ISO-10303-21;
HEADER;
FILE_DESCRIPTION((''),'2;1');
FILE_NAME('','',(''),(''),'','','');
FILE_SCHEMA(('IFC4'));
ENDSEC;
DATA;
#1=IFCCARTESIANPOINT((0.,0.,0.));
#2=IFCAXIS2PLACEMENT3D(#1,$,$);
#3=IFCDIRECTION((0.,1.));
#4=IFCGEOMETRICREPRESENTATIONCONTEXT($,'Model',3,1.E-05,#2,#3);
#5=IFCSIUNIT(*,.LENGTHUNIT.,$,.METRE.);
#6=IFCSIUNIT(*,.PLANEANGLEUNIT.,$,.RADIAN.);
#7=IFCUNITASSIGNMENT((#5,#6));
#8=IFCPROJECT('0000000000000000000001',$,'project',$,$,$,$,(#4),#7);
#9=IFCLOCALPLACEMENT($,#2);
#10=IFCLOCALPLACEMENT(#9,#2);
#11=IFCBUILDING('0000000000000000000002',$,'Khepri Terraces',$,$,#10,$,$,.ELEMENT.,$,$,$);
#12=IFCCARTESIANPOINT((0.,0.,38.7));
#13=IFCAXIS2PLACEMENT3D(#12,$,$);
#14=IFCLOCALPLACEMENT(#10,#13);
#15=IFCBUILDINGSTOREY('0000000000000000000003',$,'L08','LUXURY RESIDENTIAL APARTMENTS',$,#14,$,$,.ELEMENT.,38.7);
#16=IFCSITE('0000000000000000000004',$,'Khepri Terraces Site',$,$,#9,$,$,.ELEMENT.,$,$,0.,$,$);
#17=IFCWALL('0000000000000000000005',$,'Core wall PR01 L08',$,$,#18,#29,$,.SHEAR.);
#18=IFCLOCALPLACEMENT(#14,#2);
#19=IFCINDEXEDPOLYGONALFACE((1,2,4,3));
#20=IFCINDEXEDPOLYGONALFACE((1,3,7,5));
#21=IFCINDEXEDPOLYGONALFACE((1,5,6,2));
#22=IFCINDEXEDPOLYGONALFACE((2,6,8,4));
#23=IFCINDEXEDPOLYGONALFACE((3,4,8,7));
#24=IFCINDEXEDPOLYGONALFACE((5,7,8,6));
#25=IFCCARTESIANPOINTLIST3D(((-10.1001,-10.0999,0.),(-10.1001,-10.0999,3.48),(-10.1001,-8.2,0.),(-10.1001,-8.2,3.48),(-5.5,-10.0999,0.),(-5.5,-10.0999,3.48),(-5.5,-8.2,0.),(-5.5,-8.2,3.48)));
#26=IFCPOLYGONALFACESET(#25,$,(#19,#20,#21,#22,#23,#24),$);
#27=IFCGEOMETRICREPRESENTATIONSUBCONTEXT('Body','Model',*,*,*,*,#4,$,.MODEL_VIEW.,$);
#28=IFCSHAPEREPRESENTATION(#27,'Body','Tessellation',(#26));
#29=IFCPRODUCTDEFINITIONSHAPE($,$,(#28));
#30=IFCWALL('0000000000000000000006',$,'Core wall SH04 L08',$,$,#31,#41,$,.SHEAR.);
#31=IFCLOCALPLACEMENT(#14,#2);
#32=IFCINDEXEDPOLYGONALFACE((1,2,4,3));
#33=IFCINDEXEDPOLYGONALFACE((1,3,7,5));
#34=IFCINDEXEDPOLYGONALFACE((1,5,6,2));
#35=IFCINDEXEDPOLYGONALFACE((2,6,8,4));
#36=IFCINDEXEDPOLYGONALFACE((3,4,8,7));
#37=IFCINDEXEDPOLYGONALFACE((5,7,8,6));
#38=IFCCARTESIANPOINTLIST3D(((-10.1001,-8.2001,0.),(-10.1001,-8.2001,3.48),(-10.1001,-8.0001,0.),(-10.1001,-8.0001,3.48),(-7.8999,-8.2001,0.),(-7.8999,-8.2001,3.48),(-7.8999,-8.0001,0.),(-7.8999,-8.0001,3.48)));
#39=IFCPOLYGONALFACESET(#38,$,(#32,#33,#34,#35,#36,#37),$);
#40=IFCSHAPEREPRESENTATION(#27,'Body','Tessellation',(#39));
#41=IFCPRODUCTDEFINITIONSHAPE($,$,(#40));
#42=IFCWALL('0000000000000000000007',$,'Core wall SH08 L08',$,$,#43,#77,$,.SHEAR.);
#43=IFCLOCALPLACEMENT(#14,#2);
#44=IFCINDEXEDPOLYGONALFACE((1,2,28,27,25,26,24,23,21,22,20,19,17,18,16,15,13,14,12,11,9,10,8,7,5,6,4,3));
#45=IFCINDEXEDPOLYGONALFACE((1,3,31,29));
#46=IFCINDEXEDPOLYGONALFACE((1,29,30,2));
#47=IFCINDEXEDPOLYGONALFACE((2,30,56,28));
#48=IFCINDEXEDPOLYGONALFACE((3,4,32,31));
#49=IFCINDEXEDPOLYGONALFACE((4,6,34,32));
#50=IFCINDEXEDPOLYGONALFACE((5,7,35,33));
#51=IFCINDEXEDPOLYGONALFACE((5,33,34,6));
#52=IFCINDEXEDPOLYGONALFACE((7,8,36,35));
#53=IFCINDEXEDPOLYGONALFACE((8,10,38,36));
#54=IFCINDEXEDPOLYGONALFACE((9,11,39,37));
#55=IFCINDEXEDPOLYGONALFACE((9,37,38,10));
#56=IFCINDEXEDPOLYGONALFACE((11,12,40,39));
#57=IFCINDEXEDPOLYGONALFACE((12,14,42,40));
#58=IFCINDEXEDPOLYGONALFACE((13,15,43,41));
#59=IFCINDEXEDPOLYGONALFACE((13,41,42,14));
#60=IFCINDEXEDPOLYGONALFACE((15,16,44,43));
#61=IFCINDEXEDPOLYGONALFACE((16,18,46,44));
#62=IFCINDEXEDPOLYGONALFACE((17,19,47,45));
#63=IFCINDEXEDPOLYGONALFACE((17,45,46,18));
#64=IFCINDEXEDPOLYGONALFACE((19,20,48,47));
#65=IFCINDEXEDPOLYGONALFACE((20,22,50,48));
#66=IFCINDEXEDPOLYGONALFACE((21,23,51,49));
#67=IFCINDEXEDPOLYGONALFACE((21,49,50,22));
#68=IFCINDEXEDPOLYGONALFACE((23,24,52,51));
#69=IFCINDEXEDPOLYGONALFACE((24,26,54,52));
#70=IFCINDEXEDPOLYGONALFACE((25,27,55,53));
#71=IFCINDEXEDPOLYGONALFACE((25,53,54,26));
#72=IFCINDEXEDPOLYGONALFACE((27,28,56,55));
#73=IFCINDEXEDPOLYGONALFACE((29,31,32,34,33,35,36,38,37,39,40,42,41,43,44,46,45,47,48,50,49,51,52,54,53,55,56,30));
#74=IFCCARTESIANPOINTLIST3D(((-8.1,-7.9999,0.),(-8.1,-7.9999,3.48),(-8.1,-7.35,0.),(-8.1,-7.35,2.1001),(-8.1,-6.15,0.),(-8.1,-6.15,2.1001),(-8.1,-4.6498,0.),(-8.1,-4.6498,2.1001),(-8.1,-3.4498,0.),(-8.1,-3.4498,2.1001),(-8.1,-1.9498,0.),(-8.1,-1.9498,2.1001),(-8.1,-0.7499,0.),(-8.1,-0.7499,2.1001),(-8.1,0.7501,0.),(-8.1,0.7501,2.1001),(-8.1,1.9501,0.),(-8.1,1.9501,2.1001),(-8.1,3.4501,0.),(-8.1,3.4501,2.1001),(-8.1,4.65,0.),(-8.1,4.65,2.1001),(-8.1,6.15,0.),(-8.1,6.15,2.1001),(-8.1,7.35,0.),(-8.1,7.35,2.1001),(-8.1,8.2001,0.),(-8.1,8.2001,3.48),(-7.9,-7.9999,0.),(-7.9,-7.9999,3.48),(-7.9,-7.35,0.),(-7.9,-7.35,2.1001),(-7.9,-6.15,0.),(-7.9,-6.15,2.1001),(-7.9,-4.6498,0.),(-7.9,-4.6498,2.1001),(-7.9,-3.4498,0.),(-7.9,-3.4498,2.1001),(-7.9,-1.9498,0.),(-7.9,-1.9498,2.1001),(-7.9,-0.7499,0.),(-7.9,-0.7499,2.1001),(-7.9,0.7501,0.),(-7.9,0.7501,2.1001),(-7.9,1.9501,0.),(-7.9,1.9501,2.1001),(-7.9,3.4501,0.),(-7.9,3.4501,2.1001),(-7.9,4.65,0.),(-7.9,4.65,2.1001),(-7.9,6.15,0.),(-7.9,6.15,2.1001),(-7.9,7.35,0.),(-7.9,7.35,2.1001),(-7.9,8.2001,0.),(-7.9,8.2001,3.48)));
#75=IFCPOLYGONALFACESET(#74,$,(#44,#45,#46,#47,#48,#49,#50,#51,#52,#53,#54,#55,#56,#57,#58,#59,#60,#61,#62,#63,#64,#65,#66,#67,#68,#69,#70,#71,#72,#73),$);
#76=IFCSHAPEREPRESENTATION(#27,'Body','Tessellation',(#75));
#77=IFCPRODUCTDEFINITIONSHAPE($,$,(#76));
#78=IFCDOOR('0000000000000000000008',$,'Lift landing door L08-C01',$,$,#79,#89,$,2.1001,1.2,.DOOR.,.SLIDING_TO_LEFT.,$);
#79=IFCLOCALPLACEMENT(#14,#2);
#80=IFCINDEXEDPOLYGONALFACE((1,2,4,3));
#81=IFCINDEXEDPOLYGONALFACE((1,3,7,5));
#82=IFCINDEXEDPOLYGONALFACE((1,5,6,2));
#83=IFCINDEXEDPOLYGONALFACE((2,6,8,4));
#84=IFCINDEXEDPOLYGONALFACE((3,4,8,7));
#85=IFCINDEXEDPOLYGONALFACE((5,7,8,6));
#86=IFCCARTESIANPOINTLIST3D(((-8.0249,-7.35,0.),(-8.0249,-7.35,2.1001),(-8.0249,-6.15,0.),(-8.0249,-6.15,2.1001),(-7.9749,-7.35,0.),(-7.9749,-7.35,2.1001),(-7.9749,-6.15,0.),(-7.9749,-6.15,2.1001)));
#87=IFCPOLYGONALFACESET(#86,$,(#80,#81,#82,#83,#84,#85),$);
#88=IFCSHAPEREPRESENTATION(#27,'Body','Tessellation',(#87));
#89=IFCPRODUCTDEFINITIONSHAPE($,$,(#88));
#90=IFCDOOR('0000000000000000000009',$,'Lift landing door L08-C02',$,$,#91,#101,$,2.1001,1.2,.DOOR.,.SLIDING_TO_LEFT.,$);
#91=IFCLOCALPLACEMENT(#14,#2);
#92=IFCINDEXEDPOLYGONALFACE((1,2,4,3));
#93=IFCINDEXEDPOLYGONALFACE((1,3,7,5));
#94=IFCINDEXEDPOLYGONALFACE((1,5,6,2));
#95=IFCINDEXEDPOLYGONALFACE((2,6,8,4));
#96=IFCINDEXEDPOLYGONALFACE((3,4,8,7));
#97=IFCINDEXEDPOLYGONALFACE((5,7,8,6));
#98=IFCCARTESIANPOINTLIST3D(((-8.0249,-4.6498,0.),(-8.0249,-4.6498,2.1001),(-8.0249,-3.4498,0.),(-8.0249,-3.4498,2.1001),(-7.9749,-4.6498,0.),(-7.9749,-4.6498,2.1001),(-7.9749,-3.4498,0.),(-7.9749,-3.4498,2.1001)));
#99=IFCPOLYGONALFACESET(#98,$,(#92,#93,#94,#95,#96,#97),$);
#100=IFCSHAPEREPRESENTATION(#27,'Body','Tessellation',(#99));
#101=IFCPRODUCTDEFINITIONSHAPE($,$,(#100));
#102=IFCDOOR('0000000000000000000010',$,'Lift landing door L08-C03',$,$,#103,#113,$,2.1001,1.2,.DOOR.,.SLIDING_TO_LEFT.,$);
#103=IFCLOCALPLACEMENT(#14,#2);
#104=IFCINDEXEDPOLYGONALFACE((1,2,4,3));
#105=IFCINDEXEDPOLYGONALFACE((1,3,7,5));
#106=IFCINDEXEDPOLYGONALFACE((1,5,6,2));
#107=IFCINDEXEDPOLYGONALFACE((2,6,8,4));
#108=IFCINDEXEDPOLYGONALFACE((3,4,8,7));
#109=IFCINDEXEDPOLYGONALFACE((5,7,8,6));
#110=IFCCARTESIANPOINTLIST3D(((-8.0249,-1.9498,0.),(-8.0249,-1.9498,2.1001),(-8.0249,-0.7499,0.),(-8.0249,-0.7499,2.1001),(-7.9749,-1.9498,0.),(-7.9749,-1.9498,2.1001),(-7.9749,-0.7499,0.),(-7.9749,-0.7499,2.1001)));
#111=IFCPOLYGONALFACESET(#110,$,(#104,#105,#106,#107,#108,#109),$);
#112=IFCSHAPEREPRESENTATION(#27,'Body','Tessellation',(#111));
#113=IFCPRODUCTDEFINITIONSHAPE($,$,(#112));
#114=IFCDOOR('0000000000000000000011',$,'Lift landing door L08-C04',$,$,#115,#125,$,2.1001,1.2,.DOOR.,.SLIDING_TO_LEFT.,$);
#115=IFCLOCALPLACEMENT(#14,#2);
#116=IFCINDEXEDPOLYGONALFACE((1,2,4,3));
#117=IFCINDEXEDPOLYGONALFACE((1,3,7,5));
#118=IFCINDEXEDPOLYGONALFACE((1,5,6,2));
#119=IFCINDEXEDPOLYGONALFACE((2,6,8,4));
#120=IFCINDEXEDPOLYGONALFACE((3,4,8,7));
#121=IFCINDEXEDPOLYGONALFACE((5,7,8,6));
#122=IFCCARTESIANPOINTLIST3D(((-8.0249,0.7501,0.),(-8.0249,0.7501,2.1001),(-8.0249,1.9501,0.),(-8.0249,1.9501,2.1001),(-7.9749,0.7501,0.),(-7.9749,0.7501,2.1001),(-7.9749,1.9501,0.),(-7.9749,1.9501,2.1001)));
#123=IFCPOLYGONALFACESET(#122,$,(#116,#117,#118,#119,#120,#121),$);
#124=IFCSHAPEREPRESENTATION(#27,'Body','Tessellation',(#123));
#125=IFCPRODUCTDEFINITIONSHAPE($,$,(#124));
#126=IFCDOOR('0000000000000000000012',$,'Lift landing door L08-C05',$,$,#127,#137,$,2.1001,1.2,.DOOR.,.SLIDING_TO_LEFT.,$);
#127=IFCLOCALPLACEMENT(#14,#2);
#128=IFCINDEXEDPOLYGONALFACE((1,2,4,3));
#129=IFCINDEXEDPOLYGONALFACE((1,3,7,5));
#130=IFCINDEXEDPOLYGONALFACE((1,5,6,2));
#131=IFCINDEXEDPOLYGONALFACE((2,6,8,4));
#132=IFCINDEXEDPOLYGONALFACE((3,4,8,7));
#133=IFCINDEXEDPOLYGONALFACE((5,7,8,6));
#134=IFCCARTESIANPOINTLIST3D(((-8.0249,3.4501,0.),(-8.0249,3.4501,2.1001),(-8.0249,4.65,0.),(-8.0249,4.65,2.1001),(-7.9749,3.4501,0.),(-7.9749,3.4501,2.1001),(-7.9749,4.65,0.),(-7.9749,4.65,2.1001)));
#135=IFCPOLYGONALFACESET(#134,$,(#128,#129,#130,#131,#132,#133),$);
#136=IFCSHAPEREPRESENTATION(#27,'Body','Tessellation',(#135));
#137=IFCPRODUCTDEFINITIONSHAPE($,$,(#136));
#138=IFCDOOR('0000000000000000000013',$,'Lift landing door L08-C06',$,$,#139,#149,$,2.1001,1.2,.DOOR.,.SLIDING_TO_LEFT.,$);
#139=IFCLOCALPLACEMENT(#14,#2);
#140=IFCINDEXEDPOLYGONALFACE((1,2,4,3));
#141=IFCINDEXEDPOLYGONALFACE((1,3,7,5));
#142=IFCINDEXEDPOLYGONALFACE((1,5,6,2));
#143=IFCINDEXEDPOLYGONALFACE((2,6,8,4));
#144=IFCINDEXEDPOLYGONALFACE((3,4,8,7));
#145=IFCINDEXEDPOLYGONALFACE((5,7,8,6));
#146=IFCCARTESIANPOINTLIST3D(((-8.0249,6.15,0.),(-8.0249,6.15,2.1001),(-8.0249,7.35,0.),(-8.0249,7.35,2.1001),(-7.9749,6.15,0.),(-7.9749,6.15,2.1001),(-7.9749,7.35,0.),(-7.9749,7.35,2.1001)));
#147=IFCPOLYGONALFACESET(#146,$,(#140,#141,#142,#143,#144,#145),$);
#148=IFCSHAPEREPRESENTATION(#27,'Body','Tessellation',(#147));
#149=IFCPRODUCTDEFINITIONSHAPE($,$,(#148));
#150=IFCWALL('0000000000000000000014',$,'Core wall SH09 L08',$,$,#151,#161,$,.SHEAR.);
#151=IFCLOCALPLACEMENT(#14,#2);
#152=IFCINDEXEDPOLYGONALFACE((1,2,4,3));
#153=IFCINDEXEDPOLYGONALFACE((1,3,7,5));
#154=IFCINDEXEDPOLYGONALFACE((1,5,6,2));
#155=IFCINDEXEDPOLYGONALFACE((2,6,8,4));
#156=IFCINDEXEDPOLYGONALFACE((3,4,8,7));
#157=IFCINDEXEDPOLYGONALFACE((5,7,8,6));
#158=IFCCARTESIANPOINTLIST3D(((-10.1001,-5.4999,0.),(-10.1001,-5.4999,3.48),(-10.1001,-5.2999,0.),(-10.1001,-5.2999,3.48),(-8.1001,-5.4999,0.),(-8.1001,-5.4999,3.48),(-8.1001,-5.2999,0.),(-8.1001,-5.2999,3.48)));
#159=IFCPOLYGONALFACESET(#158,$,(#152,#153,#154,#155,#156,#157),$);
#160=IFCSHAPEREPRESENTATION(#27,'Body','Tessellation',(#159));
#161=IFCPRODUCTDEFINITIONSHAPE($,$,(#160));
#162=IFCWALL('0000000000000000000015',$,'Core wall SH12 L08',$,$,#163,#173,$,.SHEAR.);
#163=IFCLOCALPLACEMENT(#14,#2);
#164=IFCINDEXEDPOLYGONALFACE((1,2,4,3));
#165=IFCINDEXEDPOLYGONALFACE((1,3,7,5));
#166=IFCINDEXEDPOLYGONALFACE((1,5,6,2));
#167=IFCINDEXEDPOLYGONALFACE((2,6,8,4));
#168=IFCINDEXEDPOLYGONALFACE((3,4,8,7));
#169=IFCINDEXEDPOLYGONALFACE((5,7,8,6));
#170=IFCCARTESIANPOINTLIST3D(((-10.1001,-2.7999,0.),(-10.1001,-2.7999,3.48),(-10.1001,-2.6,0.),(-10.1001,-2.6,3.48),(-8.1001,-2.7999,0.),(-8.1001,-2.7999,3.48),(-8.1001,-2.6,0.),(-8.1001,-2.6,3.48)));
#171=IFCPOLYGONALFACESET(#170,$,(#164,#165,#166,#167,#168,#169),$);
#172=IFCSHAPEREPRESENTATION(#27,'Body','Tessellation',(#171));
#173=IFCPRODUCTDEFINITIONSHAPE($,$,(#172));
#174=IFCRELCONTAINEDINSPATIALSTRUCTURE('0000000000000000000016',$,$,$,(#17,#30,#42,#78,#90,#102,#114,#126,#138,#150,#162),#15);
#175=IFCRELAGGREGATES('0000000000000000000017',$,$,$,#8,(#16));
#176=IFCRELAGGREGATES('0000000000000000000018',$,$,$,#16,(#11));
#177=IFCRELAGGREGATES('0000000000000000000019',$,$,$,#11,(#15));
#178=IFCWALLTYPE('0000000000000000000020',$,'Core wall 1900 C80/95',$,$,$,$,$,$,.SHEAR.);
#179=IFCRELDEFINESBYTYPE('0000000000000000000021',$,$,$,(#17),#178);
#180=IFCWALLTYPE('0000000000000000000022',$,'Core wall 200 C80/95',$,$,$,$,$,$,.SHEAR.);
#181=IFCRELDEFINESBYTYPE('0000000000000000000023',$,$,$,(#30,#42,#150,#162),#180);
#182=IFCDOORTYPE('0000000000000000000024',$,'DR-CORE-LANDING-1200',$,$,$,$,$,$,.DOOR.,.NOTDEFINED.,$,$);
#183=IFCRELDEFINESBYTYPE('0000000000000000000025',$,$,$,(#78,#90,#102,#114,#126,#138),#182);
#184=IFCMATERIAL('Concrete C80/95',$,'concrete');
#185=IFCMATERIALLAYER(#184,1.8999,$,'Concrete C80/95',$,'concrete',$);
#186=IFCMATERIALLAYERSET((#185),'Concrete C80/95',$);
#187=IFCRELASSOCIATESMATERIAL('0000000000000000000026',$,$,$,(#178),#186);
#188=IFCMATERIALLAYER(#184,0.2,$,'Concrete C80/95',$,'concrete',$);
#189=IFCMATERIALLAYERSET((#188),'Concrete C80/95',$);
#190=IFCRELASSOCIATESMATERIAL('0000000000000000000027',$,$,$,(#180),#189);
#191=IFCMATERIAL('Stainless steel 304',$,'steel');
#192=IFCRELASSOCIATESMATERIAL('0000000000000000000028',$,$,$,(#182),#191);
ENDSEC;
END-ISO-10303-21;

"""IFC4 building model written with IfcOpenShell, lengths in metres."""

from ifc_helpers import new_model, si_unit, direction, frame, frame_2d, origin, place, context, subcontext, project, spatial, rectangle, extrude, material, layer, layer_set, type_object, element, fill, save


model = new_model("IFC4")

# Units and contexts
model_context = context("Model", 3, precision=1e-05, world=origin(), true_north=direction((0.0, 1.0)))
body_context = subcontext(model_context, "Body", "Model", "MODEL_VIEW")
ifc_project = project(units=[si_unit("LENGTHUNIT", "METRE"), si_unit("PLANEANGLEUNIT", "RADIAN")], contexts=[model_context])

# Site, building, storey
site_placement = place(None, origin())
site = spatial("IfcSite", under=ifc_project, at=site_placement, Name="Khepri Terraces Site", CompositionType="ELEMENT", RefElevation=0.0)
building_placement = place(site_placement, origin())
building = spatial("IfcBuilding", under=site, at=building_placement, Name="Khepri Terraces", CompositionType="ELEMENT")
storey_placement = place(building_placement, frame((0.0, 0.0, 38.7)))
storey = spatial("IfcBuildingStorey", under=building, at=storey_placement, Name="L08", Description="LUXURY RESIDENTIAL APARTMENTS", CompositionType="ELEMENT", Elevation=38.7)

# Walls
ifc_material_1 = material(Name="Concrete C80/95", Category="concrete")
ifc_layer_1 = layer(ifc_material_1, 1.8999, Name="Concrete C80/95", Category="concrete")
ifc_layer_set_1 = layer_set([ifc_layer_1], Name="Concrete C80/95")
wall_type_1 = type_object("IfcWallType", Name="Core wall 1900 C80/95", PredefinedType="SHEAR", material=ifc_layer_set_1)
wall_1_placement = place(storey_placement, frame((-10.1001, -9.1499, 0.0), z_axis=(0.0, 0.0, 1.0), x_axis=(1.0, 0.0, 0.0)))
element("IfcWall", 1, at=wall_1_placement, inside=storey, type_object=wall_type_1, Name="Core wall PR01 L08", PredefinedType="SHEAR", context=body_context, shape_type="SweptSolid", body=[
    extrude(rectangle(XDim=4.6001, YDim=1.8999, at=frame_2d((2.3, 0.0))), origin(), (0.0, 0.0, 1.0), 3.48),
])
ifc_layer_2 = layer(ifc_material_1, 0.2, Name="Concrete C80/95", Category="concrete")
ifc_layer_set_2 = layer_set([ifc_layer_2], Name="Concrete C80/95")
wall_type_2 = type_object("IfcWallType", Name="Core wall 200 C80/95", PredefinedType="SHEAR", material=ifc_layer_set_2)
wall_2_placement = place(storey_placement, frame((-10.1001, -8.1001, 0.0), z_axis=(0.0, 0.0, 1.0), x_axis=(1.0, 0.0, 0.0)))
element("IfcWall", 2, at=wall_2_placement, inside=storey, type_object=wall_type_2, Name="Core wall SH04 L08", PredefinedType="SHEAR", context=body_context, shape_type="SweptSolid", body=[
    extrude(rectangle(XDim=2.2002, YDim=0.2, at=frame_2d((1.1001, 0.0))), origin(), (0.0, 0.0, 1.0), 3.48),
])

# Wall, openings, doors
wall_3_placement = place(storey_placement, frame((-8.0, -8.0, 0.0), z_axis=(0.0, 0.0, 1.0), x_axis=(0.0, 1.0, 0.0)))
wall_3 = element("IfcWall", 3, at=wall_3_placement, inside=storey, type_object=wall_type_2, Name="Core wall SH08 L08", PredefinedType="SHEAR", context=body_context, shape_type="SweptSolid", body=[
    extrude(rectangle(XDim=16.2, YDim=0.2, at=frame_2d((8.1001, 0.0))), origin(), (0.0, 0.0, 1.0), 3.48),
])
opening_1_placement = place(wall_3_placement, frame((0.6499, 0.0, 0.0)))
opening_1 = element("IfcOpeningElement", 4, at=opening_1_placement, cuts=wall_3, PredefinedType="OPENING", context=body_context, shape_type="SweptSolid", body=[
    extrude(rectangle(XDim=1.2, YDim=2.1001, at=frame_2d((0.6001, 1.05))), frame((0.0, 0.1099, 0.0), z_axis=(0.0, -1.0, 0.0), x_axis=(1.0, 0.0, 0.0)), (0.0, 0.0, 1.0), 0.22),
])
opening_2_placement = place(wall_3_placement, frame((3.3501, 0.0, 0.0)))
opening_2 = element("IfcOpeningElement", 5, at=opening_2_placement, cuts=wall_3, PredefinedType="OPENING", context=body_context, shape_type="SweptSolid", body=[
    extrude(rectangle(XDim=1.2, YDim=2.1001, at=frame_2d((0.6001, 1.05))), frame((0.0, 0.1099, 0.0), z_axis=(0.0, -1.0, 0.0), x_axis=(1.0, 0.0, 0.0)), (0.0, 0.0, 1.0), 0.22),
])
opening_3_placement = place(wall_3_placement, frame((6.05, 0.0, 0.0)))
opening_3 = element("IfcOpeningElement", 6, at=opening_3_placement, cuts=wall_3, PredefinedType="OPENING", context=body_context, shape_type="SweptSolid", body=[
    extrude(rectangle(XDim=1.2, YDim=2.1001, at=frame_2d((0.6001, 1.05))), frame((0.0, 0.1099, 0.0), z_axis=(0.0, -1.0, 0.0), x_axis=(1.0, 0.0, 0.0)), (0.0, 0.0, 1.0), 0.22),
])
opening_4_placement = place(wall_3_placement, frame((8.75, 0.0, 0.0)))
opening_4 = element("IfcOpeningElement", 7, at=opening_4_placement, cuts=wall_3, PredefinedType="OPENING", context=body_context, shape_type="SweptSolid", body=[
    extrude(rectangle(XDim=1.2, YDim=2.1001, at=frame_2d((0.6001, 1.05))), frame((0.0, 0.1099, 0.0), z_axis=(0.0, -1.0, 0.0), x_axis=(1.0, 0.0, 0.0)), (0.0, 0.0, 1.0), 0.22),
])
opening_5_placement = place(wall_3_placement, frame((11.45, 0.0, 0.0)))
opening_5 = element("IfcOpeningElement", 8, at=opening_5_placement, cuts=wall_3, PredefinedType="OPENING", context=body_context, shape_type="SweptSolid", body=[
    extrude(rectangle(XDim=1.2, YDim=2.1001, at=frame_2d((0.6001, 1.05))), frame((0.0, 0.1099, 0.0), z_axis=(0.0, -1.0, 0.0), x_axis=(1.0, 0.0, 0.0)), (0.0, 0.0, 1.0), 0.22),
])
opening_6_placement = place(wall_3_placement, frame((14.1499, 0.0, 0.0)))
opening_6 = element("IfcOpeningElement", 9, at=opening_6_placement, cuts=wall_3, PredefinedType="OPENING", context=body_context, shape_type="SweptSolid", body=[
    extrude(rectangle(XDim=1.2, YDim=2.1001, at=frame_2d((0.6001, 1.05))), frame((0.0, 0.1099, 0.0), z_axis=(0.0, -1.0, 0.0), x_axis=(1.0, 0.0, 0.0)), (0.0, 0.0, 1.0), 0.22),
])
ifc_material_2 = material(Name="Stainless steel 304", Category="steel")
door_type_1 = type_object("IfcDoorType", Name="DR-CORE-LANDING-1200", OperationType="NOTDEFINED", PredefinedType="DOOR", material=ifc_material_2)
door_1_placement = place(opening_1_placement, origin())
door_1 = element("IfcDoor", 10, at=door_1_placement, inside=storey, type_object=door_type_1, Name="Lift landing door L08-C01", OperationType="SLIDING_TO_LEFT", OverallHeight=2.1001, OverallWidth=1.2, PredefinedType="DOOR", context=body_context, shape_type="SweptSolid", body=[
    extrude(rectangle(XDim=1.2, YDim=2.1001, at=frame_2d((0.6001, 1.05))), frame((0.0, 0.0249, 0.0), z_axis=(0.0, -1.0, 0.0), x_axis=(1.0, 0.0, 0.0)), (0.0, 0.0, 1.0), 0.05),
])
fill(opening_1, door_1)
door_2_placement = place(opening_2_placement, origin())
door_2 = element("IfcDoor", 11, at=door_2_placement, inside=storey, type_object=door_type_1, Name="Lift landing door L08-C02", OperationType="SLIDING_TO_LEFT", OverallHeight=2.1001, OverallWidth=1.2, PredefinedType="DOOR", context=body_context, shape_type="SweptSolid", body=[
    extrude(rectangle(XDim=1.2, YDim=2.1001, at=frame_2d((0.6001, 1.05))), frame((0.0, 0.0249, 0.0), z_axis=(0.0, -1.0, 0.0), x_axis=(1.0, 0.0, 0.0)), (0.0, 0.0, 1.0), 0.05),
])
fill(opening_2, door_2)
door_3_placement = place(opening_3_placement, origin())
door_3 = element("IfcDoor", 12, at=door_3_placement, inside=storey, type_object=door_type_1, Name="Lift landing door L08-C03", OperationType="SLIDING_TO_LEFT", OverallHeight=2.1001, OverallWidth=1.2, PredefinedType="DOOR", context=body_context, shape_type="SweptSolid", body=[
    extrude(rectangle(XDim=1.2, YDim=2.1001, at=frame_2d((0.6001, 1.05))), frame((0.0, 0.0249, 0.0), z_axis=(0.0, -1.0, 0.0), x_axis=(1.0, 0.0, 0.0)), (0.0, 0.0, 1.0), 0.05),
])
fill(opening_3, door_3)
door_4_placement = place(opening_4_placement, origin())
door_4 = element("IfcDoor", 13, at=door_4_placement, inside=storey, type_object=door_type_1, Name="Lift landing door L08-C04", OperationType="SLIDING_TO_LEFT", OverallHeight=2.1001, OverallWidth=1.2, PredefinedType="DOOR", context=body_context, shape_type="SweptSolid", body=[
    extrude(rectangle(XDim=1.2, YDim=2.1001, at=frame_2d((0.6001, 1.05))), frame((0.0, 0.0249, 0.0), z_axis=(0.0, -1.0, 0.0), x_axis=(1.0, 0.0, 0.0)), (0.0, 0.0, 1.0), 0.05),
])
fill(opening_4, door_4)
door_5_placement = place(opening_5_placement, origin())
door_5 = element("IfcDoor", 14, at=door_5_placement, inside=storey, type_object=door_type_1, Name="Lift landing door L08-C05", OperationType="SLIDING_TO_LEFT", OverallHeight=2.1001, OverallWidth=1.2, PredefinedType="DOOR", context=body_context, shape_type="SweptSolid", body=[
    extrude(rectangle(XDim=1.2, YDim=2.1001, at=frame_2d((0.6001, 1.05))), frame((0.0, 0.0249, 0.0), z_axis=(0.0, -1.0, 0.0), x_axis=(1.0, 0.0, 0.0)), (0.0, 0.0, 1.0), 0.05),
])
fill(opening_5, door_5)
door_6_placement = place(opening_6_placement, origin())
door_6 = element("IfcDoor", 15, at=door_6_placement, inside=storey, type_object=door_type_1, Name="Lift landing door L08-C06", OperationType="SLIDING_TO_LEFT", OverallHeight=2.1001, OverallWidth=1.2, PredefinedType="DOOR", context=body_context, shape_type="SweptSolid", body=[
    extrude(rectangle(XDim=1.2, YDim=2.1001, at=frame_2d((0.6001, 1.05))), frame((0.0, 0.0249, 0.0), z_axis=(0.0, -1.0, 0.0), x_axis=(1.0, 0.0, 0.0)), (0.0, 0.0, 1.0), 0.05),
])
fill(opening_6, door_6)

# Walls
for number, where, z_axis, x_axis, name in (
    (16, (-10.1001, -5.3999, 0.0), (0.0, 0.0, 1.0), (1.0, 0.0, 0.0), "Core wall SH09 L08"),
    (17, (-10.1001, -2.7, 0.0), (0.0, 0.0, 1.0), (1.0, 0.0, 0.0), "Core wall SH12 L08"),
):
    element("IfcWall", number, at=place(storey_placement, frame(where, z_axis=z_axis, x_axis=x_axis)), inside=storey, type_object=wall_type_2, Name=name, PredefinedType="SHEAR", context=body_context, shape_type="SweptSolid", body=[
        extrude(rectangle(XDim=2.0, YDim=0.2, at=frame_2d((1.0, 0.0))), origin(), (0.0, 0.0, 1.0), 3.48),
    ])

save(model, "model.ifc")
